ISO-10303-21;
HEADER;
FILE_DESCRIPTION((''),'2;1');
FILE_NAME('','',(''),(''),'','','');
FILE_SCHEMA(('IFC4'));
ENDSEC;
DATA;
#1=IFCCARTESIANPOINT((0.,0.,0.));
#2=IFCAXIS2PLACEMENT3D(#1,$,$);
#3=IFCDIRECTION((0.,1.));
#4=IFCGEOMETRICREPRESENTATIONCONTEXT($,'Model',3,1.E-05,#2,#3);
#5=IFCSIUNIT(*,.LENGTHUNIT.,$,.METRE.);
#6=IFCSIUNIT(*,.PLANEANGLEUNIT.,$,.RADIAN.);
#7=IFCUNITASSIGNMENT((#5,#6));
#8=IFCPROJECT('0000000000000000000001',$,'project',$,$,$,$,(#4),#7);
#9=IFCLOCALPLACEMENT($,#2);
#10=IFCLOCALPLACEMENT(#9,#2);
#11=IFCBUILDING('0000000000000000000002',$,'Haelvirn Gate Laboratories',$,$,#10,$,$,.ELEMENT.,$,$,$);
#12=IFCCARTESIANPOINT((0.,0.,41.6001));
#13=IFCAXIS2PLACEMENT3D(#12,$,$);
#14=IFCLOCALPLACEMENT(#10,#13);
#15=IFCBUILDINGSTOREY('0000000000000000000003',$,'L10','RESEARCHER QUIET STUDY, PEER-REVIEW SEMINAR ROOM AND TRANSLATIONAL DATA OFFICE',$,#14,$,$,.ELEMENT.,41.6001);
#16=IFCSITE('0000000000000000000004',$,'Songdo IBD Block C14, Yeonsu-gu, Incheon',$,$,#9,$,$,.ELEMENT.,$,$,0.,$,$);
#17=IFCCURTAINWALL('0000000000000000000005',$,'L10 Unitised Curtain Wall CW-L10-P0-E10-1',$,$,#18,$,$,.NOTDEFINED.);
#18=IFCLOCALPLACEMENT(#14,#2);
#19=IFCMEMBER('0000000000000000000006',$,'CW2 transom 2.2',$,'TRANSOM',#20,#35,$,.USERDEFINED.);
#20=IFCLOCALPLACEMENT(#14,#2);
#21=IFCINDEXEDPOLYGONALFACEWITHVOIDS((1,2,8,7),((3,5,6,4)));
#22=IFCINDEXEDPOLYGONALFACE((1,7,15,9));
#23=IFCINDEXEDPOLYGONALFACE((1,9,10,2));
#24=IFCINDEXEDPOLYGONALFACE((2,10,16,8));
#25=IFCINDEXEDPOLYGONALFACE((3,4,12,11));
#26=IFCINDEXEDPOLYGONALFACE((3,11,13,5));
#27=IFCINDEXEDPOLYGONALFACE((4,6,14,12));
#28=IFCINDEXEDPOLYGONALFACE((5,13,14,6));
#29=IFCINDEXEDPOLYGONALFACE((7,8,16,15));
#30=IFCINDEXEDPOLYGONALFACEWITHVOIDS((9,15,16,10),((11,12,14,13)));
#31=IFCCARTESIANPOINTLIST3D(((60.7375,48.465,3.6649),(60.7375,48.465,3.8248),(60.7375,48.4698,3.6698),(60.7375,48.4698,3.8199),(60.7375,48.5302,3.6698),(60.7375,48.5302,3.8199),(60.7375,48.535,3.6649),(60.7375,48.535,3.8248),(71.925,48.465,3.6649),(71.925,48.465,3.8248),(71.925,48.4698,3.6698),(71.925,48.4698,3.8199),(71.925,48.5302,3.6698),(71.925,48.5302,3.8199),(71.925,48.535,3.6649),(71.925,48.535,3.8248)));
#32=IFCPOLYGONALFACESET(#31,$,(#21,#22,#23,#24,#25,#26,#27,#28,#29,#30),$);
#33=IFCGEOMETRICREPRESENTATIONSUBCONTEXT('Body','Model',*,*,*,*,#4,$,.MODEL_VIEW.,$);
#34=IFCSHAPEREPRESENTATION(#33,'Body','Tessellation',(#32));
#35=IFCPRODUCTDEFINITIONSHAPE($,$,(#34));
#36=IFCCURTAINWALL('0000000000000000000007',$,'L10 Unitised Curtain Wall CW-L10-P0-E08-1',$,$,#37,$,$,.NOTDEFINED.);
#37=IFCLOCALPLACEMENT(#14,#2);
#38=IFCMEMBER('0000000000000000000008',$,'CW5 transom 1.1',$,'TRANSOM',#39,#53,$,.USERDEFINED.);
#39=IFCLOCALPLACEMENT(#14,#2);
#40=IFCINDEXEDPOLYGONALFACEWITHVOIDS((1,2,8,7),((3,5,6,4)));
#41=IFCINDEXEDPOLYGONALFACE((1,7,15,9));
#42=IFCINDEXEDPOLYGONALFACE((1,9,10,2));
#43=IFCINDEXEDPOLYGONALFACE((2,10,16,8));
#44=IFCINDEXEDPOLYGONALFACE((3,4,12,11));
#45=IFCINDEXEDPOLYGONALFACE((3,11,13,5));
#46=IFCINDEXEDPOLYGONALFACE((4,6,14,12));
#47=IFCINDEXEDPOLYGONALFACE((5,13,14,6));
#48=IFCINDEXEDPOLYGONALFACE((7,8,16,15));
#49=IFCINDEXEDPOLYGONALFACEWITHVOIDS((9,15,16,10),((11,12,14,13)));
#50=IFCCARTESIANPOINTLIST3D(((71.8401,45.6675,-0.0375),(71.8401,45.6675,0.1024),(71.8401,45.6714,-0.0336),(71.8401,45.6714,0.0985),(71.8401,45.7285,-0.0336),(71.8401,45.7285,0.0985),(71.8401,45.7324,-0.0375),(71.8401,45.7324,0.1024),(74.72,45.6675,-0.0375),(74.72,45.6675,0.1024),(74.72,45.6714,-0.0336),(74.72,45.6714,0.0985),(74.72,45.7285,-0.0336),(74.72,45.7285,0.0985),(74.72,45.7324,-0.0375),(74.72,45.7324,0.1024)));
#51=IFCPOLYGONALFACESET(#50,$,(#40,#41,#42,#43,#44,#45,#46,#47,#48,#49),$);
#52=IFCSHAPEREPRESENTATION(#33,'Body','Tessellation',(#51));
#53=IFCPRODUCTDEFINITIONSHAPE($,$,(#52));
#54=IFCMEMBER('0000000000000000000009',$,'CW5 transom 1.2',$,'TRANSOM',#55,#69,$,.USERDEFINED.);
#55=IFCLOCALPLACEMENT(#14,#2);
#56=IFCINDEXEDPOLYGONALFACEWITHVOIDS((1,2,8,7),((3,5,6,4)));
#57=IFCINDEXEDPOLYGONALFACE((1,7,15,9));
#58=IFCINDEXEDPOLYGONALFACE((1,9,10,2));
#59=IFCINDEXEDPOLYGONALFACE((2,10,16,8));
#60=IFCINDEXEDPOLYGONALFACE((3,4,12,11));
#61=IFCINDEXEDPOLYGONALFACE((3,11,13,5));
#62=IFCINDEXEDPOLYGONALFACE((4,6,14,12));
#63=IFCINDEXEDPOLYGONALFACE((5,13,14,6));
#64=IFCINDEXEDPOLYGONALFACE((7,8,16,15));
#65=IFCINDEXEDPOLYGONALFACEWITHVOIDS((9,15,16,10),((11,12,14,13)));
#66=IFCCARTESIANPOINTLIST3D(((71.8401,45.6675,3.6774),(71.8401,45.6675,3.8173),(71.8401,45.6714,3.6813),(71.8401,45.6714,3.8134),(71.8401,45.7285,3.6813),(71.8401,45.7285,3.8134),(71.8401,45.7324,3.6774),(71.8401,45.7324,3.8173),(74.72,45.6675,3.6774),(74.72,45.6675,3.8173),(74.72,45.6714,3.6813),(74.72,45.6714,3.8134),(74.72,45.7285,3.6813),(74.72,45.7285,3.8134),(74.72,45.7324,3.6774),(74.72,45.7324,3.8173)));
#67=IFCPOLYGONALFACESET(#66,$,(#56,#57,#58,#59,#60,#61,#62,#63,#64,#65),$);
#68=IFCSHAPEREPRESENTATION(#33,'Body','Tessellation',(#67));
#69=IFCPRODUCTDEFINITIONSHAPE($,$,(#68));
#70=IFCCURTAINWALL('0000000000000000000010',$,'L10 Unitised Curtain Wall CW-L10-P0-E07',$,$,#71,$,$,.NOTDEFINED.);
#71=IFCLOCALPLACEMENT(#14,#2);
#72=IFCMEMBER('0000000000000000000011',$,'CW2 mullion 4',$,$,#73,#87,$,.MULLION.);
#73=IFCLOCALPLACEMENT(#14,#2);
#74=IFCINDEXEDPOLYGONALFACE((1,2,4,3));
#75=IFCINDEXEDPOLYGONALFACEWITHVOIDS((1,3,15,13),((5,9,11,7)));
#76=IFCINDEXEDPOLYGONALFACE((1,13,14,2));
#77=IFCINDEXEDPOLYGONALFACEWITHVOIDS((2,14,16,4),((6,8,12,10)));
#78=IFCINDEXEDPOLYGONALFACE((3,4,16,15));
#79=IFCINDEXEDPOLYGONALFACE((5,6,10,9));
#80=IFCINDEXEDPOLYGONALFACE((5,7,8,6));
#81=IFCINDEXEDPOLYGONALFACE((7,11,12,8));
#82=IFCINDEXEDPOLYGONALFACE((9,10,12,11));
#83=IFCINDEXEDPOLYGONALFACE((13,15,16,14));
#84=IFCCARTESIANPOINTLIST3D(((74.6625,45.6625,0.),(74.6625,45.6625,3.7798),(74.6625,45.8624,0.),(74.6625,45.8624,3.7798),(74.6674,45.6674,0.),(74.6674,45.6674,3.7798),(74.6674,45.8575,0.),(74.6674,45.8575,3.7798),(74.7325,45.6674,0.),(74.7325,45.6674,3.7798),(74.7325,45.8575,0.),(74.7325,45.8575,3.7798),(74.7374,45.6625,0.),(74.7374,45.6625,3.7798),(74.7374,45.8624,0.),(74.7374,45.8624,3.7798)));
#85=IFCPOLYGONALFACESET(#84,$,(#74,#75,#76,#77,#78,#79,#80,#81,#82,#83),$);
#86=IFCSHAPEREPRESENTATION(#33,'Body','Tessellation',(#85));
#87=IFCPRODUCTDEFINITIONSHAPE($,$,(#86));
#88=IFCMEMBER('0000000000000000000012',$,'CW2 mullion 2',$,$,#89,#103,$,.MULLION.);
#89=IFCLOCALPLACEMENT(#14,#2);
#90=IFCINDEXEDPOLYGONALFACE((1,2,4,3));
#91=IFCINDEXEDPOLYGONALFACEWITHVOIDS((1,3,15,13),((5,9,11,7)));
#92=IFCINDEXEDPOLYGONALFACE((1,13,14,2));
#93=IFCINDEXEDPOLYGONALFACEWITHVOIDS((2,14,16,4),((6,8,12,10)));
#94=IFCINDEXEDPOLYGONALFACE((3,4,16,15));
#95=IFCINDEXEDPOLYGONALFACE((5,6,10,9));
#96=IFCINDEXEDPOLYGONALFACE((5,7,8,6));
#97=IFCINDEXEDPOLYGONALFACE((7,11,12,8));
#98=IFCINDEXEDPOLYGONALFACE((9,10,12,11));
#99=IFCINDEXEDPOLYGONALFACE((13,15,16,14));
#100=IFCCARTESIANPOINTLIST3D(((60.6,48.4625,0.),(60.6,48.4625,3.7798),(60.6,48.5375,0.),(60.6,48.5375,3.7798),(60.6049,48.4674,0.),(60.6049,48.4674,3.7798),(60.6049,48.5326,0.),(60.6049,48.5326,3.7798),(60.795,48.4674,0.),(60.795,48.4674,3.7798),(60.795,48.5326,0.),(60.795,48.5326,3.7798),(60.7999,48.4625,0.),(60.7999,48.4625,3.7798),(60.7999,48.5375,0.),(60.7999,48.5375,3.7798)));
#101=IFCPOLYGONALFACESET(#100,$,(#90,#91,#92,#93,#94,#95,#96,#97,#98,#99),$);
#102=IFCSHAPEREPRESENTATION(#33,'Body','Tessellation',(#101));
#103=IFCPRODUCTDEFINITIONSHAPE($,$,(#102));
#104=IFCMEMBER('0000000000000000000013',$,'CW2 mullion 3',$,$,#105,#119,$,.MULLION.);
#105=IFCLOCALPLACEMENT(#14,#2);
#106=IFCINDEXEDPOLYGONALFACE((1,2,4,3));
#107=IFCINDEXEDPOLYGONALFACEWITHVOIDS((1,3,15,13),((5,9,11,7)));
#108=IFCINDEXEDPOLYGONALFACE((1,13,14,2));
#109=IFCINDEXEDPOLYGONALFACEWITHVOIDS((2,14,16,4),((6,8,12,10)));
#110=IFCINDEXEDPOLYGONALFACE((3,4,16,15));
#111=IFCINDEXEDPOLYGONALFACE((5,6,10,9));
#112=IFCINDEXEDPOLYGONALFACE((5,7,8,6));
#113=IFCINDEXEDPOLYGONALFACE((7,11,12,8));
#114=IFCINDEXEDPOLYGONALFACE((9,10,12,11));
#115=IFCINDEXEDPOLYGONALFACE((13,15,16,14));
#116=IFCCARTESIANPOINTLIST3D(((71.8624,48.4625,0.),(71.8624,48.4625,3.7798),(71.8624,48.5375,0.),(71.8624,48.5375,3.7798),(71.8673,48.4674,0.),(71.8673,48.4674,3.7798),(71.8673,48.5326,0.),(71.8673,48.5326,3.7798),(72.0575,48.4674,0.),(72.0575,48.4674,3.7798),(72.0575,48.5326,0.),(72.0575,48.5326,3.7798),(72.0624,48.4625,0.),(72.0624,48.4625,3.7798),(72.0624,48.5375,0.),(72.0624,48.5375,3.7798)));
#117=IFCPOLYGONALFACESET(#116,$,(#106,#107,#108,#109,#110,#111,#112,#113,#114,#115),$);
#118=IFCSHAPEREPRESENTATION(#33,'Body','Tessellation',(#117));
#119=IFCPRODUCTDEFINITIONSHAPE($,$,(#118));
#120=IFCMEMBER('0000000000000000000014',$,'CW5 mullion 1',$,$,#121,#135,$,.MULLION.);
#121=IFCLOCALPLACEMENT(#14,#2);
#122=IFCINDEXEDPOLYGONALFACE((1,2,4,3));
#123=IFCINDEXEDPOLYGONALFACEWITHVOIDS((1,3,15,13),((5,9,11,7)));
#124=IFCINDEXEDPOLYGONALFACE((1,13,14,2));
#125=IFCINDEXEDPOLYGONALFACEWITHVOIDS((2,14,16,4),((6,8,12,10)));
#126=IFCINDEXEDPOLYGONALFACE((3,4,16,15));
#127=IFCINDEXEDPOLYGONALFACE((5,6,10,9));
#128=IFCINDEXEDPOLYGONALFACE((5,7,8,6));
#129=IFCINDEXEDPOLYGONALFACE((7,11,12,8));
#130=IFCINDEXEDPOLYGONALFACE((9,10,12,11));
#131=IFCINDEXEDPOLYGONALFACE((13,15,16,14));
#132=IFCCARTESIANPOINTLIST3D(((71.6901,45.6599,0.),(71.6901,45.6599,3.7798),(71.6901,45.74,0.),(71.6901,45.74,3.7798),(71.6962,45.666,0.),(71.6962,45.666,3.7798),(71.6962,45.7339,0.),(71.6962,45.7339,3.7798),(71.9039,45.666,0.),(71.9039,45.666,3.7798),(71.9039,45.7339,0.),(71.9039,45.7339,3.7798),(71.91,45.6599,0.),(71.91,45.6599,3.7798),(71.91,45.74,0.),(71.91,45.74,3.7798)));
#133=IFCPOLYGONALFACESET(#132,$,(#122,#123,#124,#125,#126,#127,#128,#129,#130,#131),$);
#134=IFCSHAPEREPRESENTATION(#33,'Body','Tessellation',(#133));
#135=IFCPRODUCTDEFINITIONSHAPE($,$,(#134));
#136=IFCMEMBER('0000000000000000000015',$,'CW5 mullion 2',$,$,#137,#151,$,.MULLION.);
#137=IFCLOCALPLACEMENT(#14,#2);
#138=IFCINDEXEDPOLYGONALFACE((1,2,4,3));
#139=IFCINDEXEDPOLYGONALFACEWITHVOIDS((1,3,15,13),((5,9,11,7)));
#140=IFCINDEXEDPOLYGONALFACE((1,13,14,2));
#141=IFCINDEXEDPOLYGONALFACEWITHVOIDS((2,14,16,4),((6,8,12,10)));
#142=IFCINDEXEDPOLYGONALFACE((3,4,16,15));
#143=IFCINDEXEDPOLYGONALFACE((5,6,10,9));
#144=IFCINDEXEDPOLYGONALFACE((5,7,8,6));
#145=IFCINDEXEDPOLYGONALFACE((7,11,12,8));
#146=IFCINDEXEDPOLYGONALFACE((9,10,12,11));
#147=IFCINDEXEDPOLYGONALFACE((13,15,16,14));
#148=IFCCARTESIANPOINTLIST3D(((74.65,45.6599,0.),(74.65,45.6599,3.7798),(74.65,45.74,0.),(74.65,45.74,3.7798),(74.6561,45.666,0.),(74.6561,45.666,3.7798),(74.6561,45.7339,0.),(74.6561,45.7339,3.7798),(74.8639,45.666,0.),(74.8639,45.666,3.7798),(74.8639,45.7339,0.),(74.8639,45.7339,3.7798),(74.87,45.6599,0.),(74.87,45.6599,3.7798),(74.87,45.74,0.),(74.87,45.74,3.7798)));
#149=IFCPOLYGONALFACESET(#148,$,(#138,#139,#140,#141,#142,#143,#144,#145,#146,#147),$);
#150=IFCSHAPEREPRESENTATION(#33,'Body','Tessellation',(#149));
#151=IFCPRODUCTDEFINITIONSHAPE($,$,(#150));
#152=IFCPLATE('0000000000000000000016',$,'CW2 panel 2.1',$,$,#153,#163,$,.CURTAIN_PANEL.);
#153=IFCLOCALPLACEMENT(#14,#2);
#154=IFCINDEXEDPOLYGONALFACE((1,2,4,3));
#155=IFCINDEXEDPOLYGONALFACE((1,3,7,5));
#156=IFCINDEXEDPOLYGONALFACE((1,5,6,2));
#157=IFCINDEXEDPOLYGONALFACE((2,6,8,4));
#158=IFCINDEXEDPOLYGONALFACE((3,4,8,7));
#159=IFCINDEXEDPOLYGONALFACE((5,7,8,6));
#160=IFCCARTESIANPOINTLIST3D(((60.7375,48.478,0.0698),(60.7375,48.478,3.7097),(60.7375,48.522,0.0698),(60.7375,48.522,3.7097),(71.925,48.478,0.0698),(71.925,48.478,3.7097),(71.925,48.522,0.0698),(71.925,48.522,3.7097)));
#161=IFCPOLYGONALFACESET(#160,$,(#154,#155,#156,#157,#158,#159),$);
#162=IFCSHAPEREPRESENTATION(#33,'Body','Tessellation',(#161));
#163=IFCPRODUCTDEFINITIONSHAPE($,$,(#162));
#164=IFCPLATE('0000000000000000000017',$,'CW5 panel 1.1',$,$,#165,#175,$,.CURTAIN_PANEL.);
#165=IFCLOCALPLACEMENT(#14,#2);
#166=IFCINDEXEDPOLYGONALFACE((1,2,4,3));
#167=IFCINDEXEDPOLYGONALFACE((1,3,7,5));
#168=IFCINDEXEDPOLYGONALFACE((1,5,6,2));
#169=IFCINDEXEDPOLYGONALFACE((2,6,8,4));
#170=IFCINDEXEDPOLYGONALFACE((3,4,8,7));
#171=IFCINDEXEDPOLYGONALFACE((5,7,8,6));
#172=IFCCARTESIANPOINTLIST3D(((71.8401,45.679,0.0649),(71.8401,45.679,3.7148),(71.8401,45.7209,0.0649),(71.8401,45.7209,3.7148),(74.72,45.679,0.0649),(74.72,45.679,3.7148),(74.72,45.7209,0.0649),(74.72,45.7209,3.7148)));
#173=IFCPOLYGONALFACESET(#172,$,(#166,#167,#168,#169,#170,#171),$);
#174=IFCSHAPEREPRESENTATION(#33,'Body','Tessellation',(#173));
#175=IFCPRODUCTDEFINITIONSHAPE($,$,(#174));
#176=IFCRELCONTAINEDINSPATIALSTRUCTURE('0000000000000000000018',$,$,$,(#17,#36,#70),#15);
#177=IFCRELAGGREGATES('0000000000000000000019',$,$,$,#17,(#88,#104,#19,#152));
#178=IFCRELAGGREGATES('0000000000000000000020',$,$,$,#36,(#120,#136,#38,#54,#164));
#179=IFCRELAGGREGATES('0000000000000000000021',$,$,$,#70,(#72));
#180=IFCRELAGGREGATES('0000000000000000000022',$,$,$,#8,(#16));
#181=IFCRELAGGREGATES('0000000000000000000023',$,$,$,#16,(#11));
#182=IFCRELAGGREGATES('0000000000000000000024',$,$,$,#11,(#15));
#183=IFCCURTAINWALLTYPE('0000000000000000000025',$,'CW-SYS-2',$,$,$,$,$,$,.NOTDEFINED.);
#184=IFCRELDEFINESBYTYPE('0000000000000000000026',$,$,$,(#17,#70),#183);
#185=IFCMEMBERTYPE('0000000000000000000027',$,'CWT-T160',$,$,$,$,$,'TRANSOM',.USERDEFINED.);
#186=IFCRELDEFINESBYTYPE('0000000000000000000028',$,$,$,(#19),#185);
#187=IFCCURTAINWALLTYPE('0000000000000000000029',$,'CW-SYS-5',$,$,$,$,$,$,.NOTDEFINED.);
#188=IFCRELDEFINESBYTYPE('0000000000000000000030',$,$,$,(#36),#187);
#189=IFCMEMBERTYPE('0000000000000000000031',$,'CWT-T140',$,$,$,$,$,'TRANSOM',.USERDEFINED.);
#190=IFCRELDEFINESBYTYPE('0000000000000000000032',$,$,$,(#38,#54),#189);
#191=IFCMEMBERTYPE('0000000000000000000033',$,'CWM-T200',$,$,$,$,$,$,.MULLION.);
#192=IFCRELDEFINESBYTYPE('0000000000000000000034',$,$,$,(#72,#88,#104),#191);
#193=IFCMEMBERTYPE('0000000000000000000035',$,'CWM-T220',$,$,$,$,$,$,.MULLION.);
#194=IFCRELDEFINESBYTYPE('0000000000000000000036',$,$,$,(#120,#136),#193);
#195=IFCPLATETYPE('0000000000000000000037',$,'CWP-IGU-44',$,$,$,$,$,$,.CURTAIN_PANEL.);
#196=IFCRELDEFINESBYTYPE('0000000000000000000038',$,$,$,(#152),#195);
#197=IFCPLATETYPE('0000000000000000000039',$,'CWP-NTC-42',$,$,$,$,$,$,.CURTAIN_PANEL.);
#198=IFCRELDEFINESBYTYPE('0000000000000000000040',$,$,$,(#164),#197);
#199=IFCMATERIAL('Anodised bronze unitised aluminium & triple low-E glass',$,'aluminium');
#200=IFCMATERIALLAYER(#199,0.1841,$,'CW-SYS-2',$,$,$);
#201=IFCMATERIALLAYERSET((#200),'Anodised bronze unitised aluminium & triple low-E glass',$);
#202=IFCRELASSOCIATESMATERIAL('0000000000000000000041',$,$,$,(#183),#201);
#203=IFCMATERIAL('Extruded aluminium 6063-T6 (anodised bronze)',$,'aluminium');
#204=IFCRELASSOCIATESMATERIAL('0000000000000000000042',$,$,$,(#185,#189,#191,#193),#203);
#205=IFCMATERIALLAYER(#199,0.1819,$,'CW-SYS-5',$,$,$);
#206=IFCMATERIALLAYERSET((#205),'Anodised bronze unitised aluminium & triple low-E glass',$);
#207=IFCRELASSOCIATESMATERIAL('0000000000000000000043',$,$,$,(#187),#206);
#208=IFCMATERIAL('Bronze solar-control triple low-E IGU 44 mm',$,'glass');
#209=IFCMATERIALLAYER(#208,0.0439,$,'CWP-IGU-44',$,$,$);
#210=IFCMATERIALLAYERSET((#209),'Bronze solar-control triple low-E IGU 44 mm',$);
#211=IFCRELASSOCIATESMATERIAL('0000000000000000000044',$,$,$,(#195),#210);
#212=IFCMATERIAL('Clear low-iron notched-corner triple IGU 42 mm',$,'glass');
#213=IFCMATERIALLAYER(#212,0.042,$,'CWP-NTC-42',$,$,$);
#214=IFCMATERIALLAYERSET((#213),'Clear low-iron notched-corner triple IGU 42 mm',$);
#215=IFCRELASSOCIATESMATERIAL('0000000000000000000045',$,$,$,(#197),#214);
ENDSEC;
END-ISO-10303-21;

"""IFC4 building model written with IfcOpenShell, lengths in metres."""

from ifc_helpers import new_model, si_unit, direction, frame, origin, origin_2d, place, context, subcontext, project, spatial, rectangle, hollow_rectangle, extrude, source, transform, mapped, material, layer, layer_set, material_profile, profile_set, type_object, type_shapes, element, aggregate, save


model = new_model("IFC4")

# Units and contexts
model_context = context("Model", 3, precision=1e-05, world=origin(), true_north=direction((0.0, 1.0)))
body_context = subcontext(model_context, "Body", "Model", "MODEL_VIEW")
ifc_project = project(units=[si_unit("LENGTHUNIT", "METRE"), si_unit("PLANEANGLEUNIT", "RADIAN")], contexts=[model_context])

# Site, building, storey
site_placement = place(None, origin())
site = spatial("IfcSite", under=ifc_project, at=site_placement, Name="Songdo IBD Block C14, Yeonsu-gu, Incheon", CompositionType="ELEMENT", RefElevation=0.0)
building_placement = place(site_placement, origin())
building = spatial("IfcBuilding", under=site, at=building_placement, Name="Haelvirn Gate Laboratories", CompositionType="ELEMENT")
storey_placement = place(building_placement, frame((0.0, 0.0, 41.6001)))
storey = spatial("IfcBuildingStorey", under=building, at=storey_placement, Name="L10", Description="RESEARCHER QUIET STUDY, PEER-REVIEW SEMINAR ROOM AND TRANSLATIONAL DATA OFFICE", CompositionType="ELEMENT", Elevation=41.6001)

# Curtain walls, members
ifc_material_1 = material(Name="Anodised bronze unitised aluminium & triple low-E glass", Category="aluminium")
ifc_layer_1 = layer(ifc_material_1, 0.1841, Name="CW-SYS-2")
ifc_layer_set_1 = layer_set([ifc_layer_1], Name="Anodised bronze unitised aluminium & triple low-E glass")
curtain_wall_type_1 = type_object("IfcCurtainWallType", Name="CW-SYS-2", PredefinedType="NOTDEFINED", material=ifc_layer_set_1)
curtain_wall_1_placement = place(storey_placement, origin())
curtain_wall_1 = element("IfcCurtainWall", 1, at=curtain_wall_1_placement, inside=storey, type_object=curtain_wall_type_1, Name="L10 Unitised Curtain Wall CW-L10-P0-E10-1", PredefinedType="NOTDEFINED")
ifc_material_2 = material(Name="Extruded aluminium 6063-T6 (anodised bronze)", Category="aluminium")
ifc_material_profile_1 = material_profile(ifc_material_2, hollow_rectangle(XDim=0.0701, YDim=0.1599, WallThickness=0.0049, at=origin_2d()), Name="CWT-160x70x5")
ifc_profile_set_1 = profile_set([ifc_material_profile_1], Name="Extruded aluminium 6063-T6 (anodised bronze)")
member_type_1 = type_object("IfcMemberType", Name="CWT-T160", ElementType="TRANSOM", PredefinedType="USERDEFINED", material=ifc_profile_set_1)
shared_shape_1 = source(origin(), body_context, "Body", "SweptSolid", [
    extrude(hollow_rectangle(XDim=0.0701, YDim=0.1599, WallThickness=0.0049, at=origin_2d()), origin(), (0.0, 0.0, 1.0), 11.1875),
])
type_shapes(member_type_1, [shared_shape_1])
member_1_placement = place(storey_placement, frame((60.7375, 48.5, 3.7449), z_axis=(1.0, 0.0, 0.0), x_axis=(0.0, 1.0, 0.0)))
member_1 = element("IfcMember", 2, at=member_1_placement, type_object=member_type_1, Name="CW2 transom 2.2", ObjectType="TRANSOM", PredefinedType="USERDEFINED", context=body_context, shape_type="MappedRepresentation", body=[
    mapped(shared_shape_1, transform((0.0, 0.0, 0.0), scale=1.0)),
])
ifc_layer_2 = layer(ifc_material_1, 0.1819, Name="CW-SYS-5")
ifc_layer_set_2 = layer_set([ifc_layer_2], Name="Anodised bronze unitised aluminium & triple low-E glass")
curtain_wall_type_2 = type_object("IfcCurtainWallType", Name="CW-SYS-5", PredefinedType="NOTDEFINED", material=ifc_layer_set_2)
curtain_wall_2_placement = place(storey_placement, origin())
curtain_wall_2 = element("IfcCurtainWall", 3, at=curtain_wall_2_placement, inside=storey, type_object=curtain_wall_type_2, Name="L10 Unitised Curtain Wall CW-L10-P0-E08-1", PredefinedType="NOTDEFINED")
ifc_material_profile_2 = material_profile(ifc_material_2, hollow_rectangle(XDim=0.0649, YDim=0.1399, WallThickness=0.0039, at=origin_2d()), Name="CWT-140x65x4")
ifc_profile_set_2 = profile_set([ifc_material_profile_2], Name="Extruded aluminium 6063-T6 (anodised bronze)")
member_type_2 = type_object("IfcMemberType", Name="CWT-T140", ElementType="TRANSOM", PredefinedType="USERDEFINED", material=ifc_profile_set_2)
shared_shape_2 = source(origin(), body_context, "Body", "SweptSolid", [
    extrude(hollow_rectangle(XDim=0.0649, YDim=0.1399, WallThickness=0.0039, at=origin_2d()), origin(), (0.0, 0.0, 1.0), 2.8799),
])
type_shapes(member_type_2, [shared_shape_2])
member_2_placement = place(storey_placement, frame((71.8401, 45.7, 0.0325), z_axis=(1.0, 0.0, 0.0), x_axis=(0.0, 1.0, 0.0)))
member_2 = element("IfcMember", 4, at=member_2_placement, type_object=member_type_2, Name="CW5 transom 1.1", ObjectType="TRANSOM", PredefinedType="USERDEFINED", context=body_context, shape_type="MappedRepresentation", body=[
    mapped(shared_shape_2, transform((0.0, 0.0, 0.0), scale=1.0)),
])
member_3_placement = place(storey_placement, frame((71.8401, 45.7, 3.7473), z_axis=(1.0, 0.0, 0.0), x_axis=(0.0, 1.0, 0.0)))
member_3 = element("IfcMember", 5, at=member_3_placement, type_object=member_type_2, Name="CW5 transom 1.2", ObjectType="TRANSOM", PredefinedType="USERDEFINED", context=body_context, shape_type="MappedRepresentation", body=[
    mapped(shared_shape_2, transform((0.0, 0.0, 0.0), scale=1.0)),
])

# Curtain wall, member
curtain_wall_3_placement = place(storey_placement, origin())
curtain_wall_3 = element("IfcCurtainWall", 6, at=curtain_wall_3_placement, inside=storey, type_object=curtain_wall_type_1, Name="L10 Unitised Curtain Wall CW-L10-P0-E07", PredefinedType="NOTDEFINED")
ifc_material_profile_3 = material_profile(ifc_material_2, hollow_rectangle(XDim=0.075, YDim=0.2, WallThickness=0.0049, at=origin_2d()), Name="CWM-200x75x5")
ifc_profile_set_3 = profile_set([ifc_material_profile_3], Name="Extruded aluminium 6063-T6 (anodised bronze)")
member_type_3 = type_object("IfcMemberType", Name="CWM-T200", PredefinedType="MULLION", material=ifc_profile_set_3)
shared_shape_3 = source(origin(), body_context, "Body", "SweptSolid", [
    extrude(hollow_rectangle(XDim=0.075, YDim=0.2, WallThickness=0.0049, at=origin_2d()), origin(), (0.0, 0.0, 1.0), 3.7798),
])
type_shapes(member_type_3, [shared_shape_3])
member_4_placement = place(storey_placement, frame((74.7, 45.7625, 0.0), z_axis=(0.0, 0.0, 1.0), x_axis=(-1.0, 0.0, 0.0)))
member_4 = element("IfcMember", 7, at=member_4_placement, type_object=member_type_3, Name="CW2 mullion 4", PredefinedType="MULLION", context=body_context, shape_type="MappedRepresentation", body=[
    mapped(shared_shape_3, transform((0.0, 0.0, 0.0), scale=1.0)),
])

# Members
member_5_placement = place(storey_placement, frame((60.7, 48.5, 0.0), z_axis=(0.0, 0.0, 1.0), x_axis=(0.0, 1.0, 0.0)))
member_5 = element("IfcMember", 8, at=member_5_placement, type_object=member_type_3, Name="CW2 mullion 2", PredefinedType="MULLION", context=body_context, shape_type="MappedRepresentation", body=[
    mapped(shared_shape_3, transform((0.0, 0.0, 0.0), scale=1.0)),
])
member_6_placement = place(storey_placement, frame((71.9624, 48.5, 0.0), z_axis=(0.0, 0.0, 1.0), x_axis=(0.0, 1.0, 0.0)))
member_6 = element("IfcMember", 9, at=member_6_placement, type_object=member_type_3, Name="CW2 mullion 3", PredefinedType="MULLION", context=body_context, shape_type="MappedRepresentation", body=[
    mapped(shared_shape_3, transform((0.0, 0.0, 0.0), scale=1.0)),
])
ifc_material_profile_4 = material_profile(ifc_material_2, hollow_rectangle(XDim=0.0801, YDim=0.22, WallThickness=0.0061, at=origin_2d()), Name="CWM-220x80x6")
ifc_profile_set_4 = profile_set([ifc_material_profile_4], Name="Extruded aluminium 6063-T6 (anodised bronze)")
member_type_4 = type_object("IfcMemberType", Name="CWM-T220", PredefinedType="MULLION", material=ifc_profile_set_4)
shared_shape_4 = source(origin(), body_context, "Body", "SweptSolid", [
    extrude(hollow_rectangle(XDim=0.0801, YDim=0.22, WallThickness=0.0061, at=origin_2d()), origin(), (0.0, 0.0, 1.0), 3.7798),
])
type_shapes(member_type_4, [shared_shape_4])
member_7_placement = place(storey_placement, frame((71.8, 45.7, 0.0), z_axis=(0.0, 0.0, 1.0), x_axis=(0.0, 1.0, 0.0)))
member_7 = element("IfcMember", 10, at=member_7_placement, type_object=member_type_4, Name="CW5 mullion 1", PredefinedType="MULLION", context=body_context, shape_type="MappedRepresentation", body=[
    mapped(shared_shape_4, transform((0.0, 0.0, 0.0), scale=1.0)),
])
member_8_placement = place(storey_placement, frame((74.76, 45.7, 0.0), z_axis=(0.0, 0.0, 1.0), x_axis=(0.0, 1.0, 0.0)))
member_8 = element("IfcMember", 11, at=member_8_placement, type_object=member_type_4, Name="CW5 mullion 2", PredefinedType="MULLION", context=body_context, shape_type="MappedRepresentation", body=[
    mapped(shared_shape_4, transform((0.0, 0.0, 0.0), scale=1.0)),
])

# Plates
ifc_material_3 = material(Name="Bronze solar-control triple low-E IGU 44 mm", Category="glass")
ifc_layer_3 = layer(ifc_material_3, 0.0439, Name="CWP-IGU-44")
ifc_layer_set_3 = layer_set([ifc_layer_3], Name="Bronze solar-control triple low-E IGU 44 mm")
plate_type_1 = type_object("IfcPlateType", Name="CWP-IGU-44", PredefinedType="CURTAIN_PANEL", material=ifc_layer_set_3)
shared_shape_5 = source(origin(), body_context, "Body", "SweptSolid", [
    extrude(rectangle(XDim=11.1875, YDim=0.0439, at=origin_2d()), origin(), (0.0, 0.0, 1.0), 3.6399),
])
plate_1_placement = place(storey_placement, frame((66.3313, 48.5, 0.0698), z_axis=(0.0, 0.0, 1.0), x_axis=(1.0, 0.0, 0.0)))
plate_1 = element("IfcPlate", 12, at=plate_1_placement, type_object=plate_type_1, Name="CW2 panel 2.1", PredefinedType="CURTAIN_PANEL", context=body_context, shape_type="MappedRepresentation", body=[
    mapped(shared_shape_5, transform((0.0, 0.0, 0.0), scale=1.0)),
])
aggregate(curtain_wall_1, [member_5, member_6, member_1, plate_1])
ifc_material_4 = material(Name="Clear low-iron notched-corner triple IGU 42 mm", Category="glass")
ifc_layer_4 = layer(ifc_material_4, 0.042, Name="CWP-NTC-42")
ifc_layer_set_4 = layer_set([ifc_layer_4], Name="Clear low-iron notched-corner triple IGU 42 mm")
plate_type_2 = type_object("IfcPlateType", Name="CWP-NTC-42", PredefinedType="CURTAIN_PANEL", material=ifc_layer_set_4)
shared_shape_6 = source(origin(), body_context, "Body", "SweptSolid", [
    extrude(rectangle(XDim=2.8799, YDim=0.042, at=origin_2d()), origin(), (0.0, 0.0, 1.0), 3.6499),
])
type_shapes(plate_type_2, [shared_shape_6])
plate_2_placement = place(storey_placement, frame((73.28, 45.7, 0.0649), z_axis=(0.0, 0.0, 1.0), x_axis=(1.0, 0.0, 0.0)))
plate_2 = element("IfcPlate", 13, at=plate_2_placement, type_object=plate_type_2, Name="CW5 panel 1.1", PredefinedType="CURTAIN_PANEL", context=body_context, shape_type="MappedRepresentation", body=[
    mapped(shared_shape_6, transform((0.0, 0.0, 0.0), scale=1.0)),
])
aggregate(curtain_wall_2, [member_7, member_8, member_2, member_3, plate_2])
aggregate(curtain_wall_3, [member_4])

save(model, "model.ifc")
